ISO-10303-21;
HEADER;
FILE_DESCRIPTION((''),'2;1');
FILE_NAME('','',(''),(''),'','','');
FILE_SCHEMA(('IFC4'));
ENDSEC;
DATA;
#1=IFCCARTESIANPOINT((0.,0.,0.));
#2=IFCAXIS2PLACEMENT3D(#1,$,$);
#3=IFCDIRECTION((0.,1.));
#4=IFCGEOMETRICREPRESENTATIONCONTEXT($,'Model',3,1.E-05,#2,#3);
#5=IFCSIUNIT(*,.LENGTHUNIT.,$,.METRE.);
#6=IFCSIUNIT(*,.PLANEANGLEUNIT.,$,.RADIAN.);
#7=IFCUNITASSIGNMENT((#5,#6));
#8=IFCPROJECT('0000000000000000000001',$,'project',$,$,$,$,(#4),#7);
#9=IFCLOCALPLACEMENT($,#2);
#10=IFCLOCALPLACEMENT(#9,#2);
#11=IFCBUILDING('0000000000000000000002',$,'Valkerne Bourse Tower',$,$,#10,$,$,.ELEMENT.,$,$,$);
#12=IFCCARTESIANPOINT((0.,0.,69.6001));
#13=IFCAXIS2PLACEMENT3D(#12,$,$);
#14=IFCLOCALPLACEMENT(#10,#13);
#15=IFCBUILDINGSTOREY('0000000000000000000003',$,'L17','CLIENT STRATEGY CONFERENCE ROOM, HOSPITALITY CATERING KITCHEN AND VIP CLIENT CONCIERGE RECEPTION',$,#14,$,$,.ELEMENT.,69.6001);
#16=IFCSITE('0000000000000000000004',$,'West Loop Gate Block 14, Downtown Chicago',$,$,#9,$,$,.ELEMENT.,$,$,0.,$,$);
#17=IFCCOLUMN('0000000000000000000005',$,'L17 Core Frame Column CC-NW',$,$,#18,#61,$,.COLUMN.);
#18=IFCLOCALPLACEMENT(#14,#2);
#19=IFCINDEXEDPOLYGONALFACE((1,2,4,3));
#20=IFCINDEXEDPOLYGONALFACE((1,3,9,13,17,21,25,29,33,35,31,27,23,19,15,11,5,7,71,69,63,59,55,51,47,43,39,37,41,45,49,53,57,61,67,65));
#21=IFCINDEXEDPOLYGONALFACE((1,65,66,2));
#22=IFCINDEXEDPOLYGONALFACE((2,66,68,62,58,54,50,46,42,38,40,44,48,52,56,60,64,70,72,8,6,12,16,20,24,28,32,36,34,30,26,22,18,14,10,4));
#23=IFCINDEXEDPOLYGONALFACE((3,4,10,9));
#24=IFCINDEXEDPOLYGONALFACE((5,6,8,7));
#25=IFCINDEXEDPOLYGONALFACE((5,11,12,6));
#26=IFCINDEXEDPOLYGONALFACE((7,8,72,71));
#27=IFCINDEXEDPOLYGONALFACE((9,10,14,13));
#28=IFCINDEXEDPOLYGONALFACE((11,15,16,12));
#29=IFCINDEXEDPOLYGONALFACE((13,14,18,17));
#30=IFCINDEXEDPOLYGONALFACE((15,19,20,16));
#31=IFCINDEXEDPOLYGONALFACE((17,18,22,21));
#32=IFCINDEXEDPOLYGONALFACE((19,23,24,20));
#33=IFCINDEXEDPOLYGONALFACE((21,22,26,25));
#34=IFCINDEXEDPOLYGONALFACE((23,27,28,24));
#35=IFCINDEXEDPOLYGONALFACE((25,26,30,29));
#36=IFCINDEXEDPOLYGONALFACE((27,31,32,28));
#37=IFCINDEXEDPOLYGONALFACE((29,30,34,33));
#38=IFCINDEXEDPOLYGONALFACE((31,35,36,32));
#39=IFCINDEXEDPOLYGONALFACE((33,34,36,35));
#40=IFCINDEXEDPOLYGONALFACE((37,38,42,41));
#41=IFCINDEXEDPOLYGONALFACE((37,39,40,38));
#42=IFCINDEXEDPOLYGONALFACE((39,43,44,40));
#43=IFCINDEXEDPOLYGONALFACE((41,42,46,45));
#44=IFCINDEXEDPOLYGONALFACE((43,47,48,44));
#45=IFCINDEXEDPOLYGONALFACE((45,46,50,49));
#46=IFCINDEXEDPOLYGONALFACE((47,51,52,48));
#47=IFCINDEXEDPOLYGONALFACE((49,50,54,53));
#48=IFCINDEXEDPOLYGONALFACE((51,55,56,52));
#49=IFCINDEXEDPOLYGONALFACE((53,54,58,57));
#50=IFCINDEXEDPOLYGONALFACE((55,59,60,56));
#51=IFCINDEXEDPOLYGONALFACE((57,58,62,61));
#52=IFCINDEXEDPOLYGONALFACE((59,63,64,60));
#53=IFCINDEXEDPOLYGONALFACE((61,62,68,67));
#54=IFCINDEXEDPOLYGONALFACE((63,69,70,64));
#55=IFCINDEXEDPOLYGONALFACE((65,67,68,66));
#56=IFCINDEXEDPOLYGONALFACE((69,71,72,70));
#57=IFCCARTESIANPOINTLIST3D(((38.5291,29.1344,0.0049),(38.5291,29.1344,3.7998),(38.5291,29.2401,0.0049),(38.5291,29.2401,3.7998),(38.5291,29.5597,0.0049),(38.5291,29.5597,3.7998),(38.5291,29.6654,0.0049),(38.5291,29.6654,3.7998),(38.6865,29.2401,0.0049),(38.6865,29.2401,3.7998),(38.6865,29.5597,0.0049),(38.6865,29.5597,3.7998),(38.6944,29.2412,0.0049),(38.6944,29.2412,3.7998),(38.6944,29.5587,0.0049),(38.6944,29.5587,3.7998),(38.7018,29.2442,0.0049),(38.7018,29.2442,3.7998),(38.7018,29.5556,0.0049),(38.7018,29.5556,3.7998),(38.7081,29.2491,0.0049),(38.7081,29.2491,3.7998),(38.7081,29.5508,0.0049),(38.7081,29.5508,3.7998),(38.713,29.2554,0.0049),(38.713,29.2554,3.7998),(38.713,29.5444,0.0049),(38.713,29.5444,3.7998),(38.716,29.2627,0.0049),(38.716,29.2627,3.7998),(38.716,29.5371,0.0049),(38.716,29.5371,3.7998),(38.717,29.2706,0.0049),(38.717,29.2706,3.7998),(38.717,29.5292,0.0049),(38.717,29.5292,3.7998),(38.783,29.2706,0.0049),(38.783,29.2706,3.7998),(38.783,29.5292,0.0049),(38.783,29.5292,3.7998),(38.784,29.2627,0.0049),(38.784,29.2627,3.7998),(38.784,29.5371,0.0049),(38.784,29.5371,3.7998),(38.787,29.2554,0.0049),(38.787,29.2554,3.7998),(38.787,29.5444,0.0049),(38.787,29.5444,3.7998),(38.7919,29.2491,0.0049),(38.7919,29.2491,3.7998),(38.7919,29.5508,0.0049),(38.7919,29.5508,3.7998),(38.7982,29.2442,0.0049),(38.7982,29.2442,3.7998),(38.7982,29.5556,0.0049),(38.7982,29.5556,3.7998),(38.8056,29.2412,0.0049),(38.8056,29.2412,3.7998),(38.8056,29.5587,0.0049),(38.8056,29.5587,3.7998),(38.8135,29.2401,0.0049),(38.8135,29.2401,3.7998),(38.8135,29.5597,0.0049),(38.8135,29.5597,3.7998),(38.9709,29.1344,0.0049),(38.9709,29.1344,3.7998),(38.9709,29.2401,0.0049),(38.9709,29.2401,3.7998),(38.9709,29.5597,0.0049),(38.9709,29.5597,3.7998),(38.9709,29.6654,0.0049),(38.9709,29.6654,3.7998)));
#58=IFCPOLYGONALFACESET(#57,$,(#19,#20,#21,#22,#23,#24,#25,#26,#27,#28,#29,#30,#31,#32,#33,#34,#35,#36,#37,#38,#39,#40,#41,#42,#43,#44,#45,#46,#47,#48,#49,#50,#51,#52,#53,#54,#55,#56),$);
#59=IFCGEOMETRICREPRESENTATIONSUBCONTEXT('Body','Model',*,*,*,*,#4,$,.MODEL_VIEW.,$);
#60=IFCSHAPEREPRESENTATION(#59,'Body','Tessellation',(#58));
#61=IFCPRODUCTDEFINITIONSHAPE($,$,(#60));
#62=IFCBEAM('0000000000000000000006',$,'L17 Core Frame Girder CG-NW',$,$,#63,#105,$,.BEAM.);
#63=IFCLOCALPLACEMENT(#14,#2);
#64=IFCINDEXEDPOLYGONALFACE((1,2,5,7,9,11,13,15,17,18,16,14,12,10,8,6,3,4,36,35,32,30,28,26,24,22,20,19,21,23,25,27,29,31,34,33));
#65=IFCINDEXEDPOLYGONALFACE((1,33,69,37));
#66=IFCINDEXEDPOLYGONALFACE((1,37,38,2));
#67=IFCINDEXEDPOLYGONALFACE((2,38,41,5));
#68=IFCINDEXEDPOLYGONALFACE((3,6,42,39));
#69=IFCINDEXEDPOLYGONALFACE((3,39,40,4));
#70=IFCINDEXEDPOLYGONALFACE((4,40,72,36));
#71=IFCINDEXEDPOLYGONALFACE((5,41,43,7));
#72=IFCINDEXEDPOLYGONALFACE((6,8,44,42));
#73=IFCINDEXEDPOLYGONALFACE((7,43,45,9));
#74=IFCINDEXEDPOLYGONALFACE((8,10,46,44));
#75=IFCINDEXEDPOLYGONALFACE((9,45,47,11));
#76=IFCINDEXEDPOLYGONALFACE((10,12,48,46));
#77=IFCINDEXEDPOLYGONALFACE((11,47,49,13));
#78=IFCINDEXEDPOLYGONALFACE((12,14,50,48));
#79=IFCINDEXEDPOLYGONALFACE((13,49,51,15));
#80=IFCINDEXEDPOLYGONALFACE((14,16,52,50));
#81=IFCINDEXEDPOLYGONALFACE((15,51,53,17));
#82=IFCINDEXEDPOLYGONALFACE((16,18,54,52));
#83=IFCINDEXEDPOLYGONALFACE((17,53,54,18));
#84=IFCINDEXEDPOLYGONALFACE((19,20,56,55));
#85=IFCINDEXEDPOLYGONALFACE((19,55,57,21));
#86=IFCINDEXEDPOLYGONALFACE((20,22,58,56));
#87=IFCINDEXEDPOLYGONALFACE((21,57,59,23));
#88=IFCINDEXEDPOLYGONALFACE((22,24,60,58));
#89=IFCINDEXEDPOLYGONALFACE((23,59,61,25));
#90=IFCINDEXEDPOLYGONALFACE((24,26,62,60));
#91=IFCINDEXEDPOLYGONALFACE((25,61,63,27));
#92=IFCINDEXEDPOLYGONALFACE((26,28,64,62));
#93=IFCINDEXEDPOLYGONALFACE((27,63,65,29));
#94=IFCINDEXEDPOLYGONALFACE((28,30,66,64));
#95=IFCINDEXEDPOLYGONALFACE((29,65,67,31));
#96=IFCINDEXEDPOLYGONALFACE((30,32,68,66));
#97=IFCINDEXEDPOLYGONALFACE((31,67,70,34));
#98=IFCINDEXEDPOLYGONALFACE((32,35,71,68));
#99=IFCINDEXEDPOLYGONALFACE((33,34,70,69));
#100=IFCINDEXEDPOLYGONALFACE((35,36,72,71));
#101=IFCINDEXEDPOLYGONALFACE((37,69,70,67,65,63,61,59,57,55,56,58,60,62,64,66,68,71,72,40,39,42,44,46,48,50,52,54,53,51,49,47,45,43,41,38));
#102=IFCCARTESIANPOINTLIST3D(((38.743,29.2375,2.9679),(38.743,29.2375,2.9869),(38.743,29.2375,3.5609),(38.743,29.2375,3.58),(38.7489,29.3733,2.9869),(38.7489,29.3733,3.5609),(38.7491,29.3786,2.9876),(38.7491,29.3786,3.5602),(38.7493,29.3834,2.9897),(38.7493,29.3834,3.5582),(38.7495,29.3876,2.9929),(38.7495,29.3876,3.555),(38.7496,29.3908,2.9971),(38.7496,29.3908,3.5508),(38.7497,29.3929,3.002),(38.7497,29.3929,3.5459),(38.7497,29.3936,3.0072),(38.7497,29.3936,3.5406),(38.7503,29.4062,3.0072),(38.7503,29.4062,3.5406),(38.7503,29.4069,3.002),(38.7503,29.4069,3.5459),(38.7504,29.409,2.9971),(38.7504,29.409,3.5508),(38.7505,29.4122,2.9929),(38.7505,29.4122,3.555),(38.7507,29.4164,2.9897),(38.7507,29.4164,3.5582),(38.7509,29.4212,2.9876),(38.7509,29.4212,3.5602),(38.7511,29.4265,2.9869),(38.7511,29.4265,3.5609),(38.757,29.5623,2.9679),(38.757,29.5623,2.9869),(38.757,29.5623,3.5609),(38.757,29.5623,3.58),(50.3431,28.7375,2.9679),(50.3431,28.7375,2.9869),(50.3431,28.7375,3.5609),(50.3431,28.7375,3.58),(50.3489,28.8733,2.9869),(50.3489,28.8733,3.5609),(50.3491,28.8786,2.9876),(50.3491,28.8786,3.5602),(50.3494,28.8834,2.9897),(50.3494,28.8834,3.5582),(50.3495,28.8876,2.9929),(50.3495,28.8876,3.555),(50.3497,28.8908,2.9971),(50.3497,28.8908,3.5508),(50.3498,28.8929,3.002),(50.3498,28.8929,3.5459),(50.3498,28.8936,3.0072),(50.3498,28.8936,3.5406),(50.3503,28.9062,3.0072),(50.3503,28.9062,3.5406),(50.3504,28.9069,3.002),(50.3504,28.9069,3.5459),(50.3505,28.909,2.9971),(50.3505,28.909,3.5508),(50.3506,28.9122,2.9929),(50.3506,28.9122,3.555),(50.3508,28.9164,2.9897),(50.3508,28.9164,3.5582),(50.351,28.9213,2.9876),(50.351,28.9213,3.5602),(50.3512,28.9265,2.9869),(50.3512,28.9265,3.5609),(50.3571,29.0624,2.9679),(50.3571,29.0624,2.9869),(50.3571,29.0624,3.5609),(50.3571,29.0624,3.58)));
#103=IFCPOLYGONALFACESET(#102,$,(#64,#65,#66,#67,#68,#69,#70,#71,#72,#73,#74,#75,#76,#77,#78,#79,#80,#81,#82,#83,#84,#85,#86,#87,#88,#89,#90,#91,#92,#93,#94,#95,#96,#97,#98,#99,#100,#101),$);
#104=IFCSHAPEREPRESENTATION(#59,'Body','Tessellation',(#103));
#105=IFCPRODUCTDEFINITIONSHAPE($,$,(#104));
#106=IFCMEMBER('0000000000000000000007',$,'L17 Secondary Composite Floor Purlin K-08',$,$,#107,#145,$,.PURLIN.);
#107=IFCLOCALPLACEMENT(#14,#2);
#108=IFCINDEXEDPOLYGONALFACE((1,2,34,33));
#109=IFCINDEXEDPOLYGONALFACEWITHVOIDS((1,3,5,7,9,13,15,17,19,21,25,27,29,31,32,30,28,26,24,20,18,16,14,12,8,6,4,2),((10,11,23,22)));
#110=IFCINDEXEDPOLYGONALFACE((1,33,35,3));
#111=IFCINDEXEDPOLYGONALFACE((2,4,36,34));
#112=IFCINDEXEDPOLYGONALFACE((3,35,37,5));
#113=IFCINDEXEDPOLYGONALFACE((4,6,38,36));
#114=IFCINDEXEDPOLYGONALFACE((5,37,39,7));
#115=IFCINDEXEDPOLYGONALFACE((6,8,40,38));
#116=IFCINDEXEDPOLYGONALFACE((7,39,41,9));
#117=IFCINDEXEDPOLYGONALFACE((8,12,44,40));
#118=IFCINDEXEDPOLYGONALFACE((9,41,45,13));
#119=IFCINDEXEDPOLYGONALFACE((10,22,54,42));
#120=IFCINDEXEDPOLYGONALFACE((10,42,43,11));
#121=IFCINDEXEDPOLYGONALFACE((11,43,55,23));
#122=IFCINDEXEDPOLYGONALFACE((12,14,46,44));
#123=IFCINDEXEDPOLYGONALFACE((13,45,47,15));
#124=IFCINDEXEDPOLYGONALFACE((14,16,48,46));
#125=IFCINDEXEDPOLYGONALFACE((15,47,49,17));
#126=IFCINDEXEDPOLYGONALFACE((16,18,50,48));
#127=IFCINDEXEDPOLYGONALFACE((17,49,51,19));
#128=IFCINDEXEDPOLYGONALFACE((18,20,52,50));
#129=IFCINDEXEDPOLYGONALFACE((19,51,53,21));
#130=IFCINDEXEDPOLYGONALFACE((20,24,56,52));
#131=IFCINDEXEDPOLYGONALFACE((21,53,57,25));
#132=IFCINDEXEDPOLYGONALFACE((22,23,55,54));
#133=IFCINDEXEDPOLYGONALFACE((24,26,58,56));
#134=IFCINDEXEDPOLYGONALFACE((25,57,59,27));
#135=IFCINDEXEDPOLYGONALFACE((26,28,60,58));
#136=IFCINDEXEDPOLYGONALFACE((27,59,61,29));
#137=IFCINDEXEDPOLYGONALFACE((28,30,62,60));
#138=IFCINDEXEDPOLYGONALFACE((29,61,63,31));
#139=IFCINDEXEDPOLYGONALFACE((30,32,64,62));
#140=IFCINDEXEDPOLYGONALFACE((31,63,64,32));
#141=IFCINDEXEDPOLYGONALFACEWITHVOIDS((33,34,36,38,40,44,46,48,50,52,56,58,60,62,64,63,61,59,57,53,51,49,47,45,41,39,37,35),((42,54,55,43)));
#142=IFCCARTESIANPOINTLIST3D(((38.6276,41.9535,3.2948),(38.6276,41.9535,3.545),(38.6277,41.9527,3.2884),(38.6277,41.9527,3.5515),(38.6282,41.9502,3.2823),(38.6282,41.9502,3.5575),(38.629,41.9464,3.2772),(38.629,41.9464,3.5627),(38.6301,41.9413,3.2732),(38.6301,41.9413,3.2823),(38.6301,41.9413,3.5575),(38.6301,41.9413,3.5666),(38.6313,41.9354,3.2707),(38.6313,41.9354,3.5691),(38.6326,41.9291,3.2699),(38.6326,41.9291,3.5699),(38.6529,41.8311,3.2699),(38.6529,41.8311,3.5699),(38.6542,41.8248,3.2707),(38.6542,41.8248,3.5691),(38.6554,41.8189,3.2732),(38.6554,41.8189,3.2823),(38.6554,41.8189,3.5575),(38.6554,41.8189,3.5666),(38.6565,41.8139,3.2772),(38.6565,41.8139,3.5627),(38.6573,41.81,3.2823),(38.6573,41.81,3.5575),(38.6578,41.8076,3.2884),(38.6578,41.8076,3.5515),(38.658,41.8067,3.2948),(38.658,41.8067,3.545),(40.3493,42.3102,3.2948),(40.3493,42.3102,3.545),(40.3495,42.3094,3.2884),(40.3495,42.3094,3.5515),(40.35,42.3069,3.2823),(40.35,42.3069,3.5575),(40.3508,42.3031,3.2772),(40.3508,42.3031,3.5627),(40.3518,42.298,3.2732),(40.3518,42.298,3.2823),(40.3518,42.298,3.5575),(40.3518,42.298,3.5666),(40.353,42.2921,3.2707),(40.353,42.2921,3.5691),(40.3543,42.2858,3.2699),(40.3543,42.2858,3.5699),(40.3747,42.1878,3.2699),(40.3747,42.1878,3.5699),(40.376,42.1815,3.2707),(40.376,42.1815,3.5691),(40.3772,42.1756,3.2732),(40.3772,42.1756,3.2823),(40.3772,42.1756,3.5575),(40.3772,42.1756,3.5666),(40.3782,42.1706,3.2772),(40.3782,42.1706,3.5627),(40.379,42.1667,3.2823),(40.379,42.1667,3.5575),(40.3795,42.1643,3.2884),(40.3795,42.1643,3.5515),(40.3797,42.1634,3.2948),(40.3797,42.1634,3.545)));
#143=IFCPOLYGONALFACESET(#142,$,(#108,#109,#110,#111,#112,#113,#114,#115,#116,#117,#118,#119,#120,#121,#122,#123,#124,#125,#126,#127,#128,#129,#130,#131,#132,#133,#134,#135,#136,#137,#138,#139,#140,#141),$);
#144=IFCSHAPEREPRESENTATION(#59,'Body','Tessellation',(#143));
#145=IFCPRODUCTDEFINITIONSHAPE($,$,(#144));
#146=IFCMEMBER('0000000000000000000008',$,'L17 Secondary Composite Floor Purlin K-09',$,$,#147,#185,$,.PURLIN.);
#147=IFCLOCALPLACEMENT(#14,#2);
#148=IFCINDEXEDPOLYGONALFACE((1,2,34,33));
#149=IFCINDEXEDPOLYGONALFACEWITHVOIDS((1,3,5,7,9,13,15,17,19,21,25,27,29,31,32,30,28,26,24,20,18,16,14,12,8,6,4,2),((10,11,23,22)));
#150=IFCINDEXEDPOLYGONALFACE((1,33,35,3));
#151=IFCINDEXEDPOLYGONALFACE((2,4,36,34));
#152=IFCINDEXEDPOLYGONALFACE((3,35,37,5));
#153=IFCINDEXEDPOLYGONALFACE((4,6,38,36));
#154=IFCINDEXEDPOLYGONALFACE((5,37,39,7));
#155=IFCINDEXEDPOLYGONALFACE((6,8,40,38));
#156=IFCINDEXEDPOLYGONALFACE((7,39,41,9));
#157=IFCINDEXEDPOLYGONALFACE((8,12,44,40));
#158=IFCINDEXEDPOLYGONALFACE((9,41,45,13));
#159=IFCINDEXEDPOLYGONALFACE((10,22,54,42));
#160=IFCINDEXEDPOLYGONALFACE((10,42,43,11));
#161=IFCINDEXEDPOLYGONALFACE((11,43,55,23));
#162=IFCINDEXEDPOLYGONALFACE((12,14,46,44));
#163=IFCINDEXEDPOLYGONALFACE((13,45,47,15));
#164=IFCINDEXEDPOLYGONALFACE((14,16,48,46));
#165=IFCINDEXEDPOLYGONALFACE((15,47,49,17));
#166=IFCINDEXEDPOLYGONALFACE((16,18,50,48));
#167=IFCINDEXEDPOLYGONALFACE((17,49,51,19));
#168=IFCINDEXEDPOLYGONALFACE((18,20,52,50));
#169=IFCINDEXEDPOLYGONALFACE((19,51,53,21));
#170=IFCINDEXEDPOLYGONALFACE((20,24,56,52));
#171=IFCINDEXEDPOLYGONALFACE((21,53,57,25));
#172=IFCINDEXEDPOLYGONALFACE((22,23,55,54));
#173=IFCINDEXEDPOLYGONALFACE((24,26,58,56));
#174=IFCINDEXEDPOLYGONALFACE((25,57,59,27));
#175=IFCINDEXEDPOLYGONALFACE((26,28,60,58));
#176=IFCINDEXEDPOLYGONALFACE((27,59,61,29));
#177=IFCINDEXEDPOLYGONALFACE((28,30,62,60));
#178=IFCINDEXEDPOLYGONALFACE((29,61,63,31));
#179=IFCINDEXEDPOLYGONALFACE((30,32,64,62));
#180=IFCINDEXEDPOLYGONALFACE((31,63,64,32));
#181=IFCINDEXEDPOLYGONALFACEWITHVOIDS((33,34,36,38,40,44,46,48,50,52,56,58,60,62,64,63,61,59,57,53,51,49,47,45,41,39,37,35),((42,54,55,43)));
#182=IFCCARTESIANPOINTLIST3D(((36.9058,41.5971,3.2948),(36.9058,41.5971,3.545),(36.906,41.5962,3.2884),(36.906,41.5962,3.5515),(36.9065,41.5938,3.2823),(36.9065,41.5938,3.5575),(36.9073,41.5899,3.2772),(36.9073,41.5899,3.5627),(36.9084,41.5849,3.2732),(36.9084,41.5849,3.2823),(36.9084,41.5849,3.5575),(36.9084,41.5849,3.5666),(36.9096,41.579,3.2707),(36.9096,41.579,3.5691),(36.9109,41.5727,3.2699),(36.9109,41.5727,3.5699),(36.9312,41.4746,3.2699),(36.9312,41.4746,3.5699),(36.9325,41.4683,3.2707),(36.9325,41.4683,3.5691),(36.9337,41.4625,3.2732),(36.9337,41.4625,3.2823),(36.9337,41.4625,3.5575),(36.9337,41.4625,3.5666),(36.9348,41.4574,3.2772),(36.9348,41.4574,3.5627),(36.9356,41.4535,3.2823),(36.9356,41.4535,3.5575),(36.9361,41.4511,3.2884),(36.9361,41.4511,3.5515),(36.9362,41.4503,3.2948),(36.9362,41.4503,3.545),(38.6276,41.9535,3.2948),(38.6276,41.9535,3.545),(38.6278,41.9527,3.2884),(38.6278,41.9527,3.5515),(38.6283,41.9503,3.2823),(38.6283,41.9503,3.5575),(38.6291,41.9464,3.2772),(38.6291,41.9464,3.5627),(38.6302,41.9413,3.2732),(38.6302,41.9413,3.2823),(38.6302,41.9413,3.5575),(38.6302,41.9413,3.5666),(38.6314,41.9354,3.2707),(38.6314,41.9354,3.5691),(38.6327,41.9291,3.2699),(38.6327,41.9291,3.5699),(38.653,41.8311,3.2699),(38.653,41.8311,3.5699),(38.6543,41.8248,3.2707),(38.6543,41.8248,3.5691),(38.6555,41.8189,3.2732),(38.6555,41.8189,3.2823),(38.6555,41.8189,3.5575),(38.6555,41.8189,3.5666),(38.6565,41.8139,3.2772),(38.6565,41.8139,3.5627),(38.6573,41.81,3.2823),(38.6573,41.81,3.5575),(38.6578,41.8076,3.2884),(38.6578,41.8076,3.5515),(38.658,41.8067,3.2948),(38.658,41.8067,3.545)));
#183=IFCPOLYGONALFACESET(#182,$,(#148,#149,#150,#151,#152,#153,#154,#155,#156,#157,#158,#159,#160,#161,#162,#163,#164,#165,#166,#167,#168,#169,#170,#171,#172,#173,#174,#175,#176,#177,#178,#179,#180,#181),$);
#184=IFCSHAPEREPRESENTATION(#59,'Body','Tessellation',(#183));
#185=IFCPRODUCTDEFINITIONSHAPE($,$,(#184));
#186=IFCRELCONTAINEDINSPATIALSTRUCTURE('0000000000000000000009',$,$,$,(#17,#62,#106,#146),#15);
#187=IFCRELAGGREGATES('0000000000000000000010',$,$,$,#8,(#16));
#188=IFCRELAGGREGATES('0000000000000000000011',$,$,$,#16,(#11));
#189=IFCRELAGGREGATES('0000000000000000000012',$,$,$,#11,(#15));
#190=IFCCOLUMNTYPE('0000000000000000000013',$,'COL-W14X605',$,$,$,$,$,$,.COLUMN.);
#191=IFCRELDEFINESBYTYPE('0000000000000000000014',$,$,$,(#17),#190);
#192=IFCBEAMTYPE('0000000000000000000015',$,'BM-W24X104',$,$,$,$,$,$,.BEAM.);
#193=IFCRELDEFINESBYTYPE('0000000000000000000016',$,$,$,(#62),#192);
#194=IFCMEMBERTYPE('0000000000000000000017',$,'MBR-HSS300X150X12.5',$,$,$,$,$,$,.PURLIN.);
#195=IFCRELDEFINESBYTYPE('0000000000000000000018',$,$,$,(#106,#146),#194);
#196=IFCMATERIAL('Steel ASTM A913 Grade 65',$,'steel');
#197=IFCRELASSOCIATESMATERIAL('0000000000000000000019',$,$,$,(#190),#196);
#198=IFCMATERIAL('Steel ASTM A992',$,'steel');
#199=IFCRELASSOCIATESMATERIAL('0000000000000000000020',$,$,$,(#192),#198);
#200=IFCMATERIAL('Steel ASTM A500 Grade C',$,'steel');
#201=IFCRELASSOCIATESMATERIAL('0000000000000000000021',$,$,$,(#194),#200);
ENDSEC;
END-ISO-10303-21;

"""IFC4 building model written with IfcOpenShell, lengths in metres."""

from ifc_helpers import new_model, si_unit, direction, frame, origin, origin_2d, place, context, subcontext, project, spatial, hollow_rectangle, i_section, extrude, material, material_profile, profile_set, type_object, element, save


model = new_model("IFC4")

# Units and contexts
model_context = context("Model", 3, precision=1e-05, world=origin(), true_north=direction((0.0, 1.0)))
body_context = subcontext(model_context, "Body", "Model", "MODEL_VIEW")
ifc_project = project(units=[si_unit("LENGTHUNIT", "METRE"), si_unit("PLANEANGLEUNIT", "RADIAN")], contexts=[model_context])

# Site, building, storey
site_placement = place(None, origin())
site = spatial("IfcSite", under=ifc_project, at=site_placement, Name="West Loop Gate Block 14, Downtown Chicago", CompositionType="ELEMENT", RefElevation=0.0)
building_placement = place(site_placement, origin())
building = spatial("IfcBuilding", under=site, at=building_placement, Name="Valkerne Bourse Tower", CompositionType="ELEMENT")
storey_placement = place(building_placement, frame((0.0, 0.0, 69.6001)))
storey = spatial("IfcBuildingStorey", under=building, at=storey_placement, Name="L17", Description="CLIENT STRATEGY CONFERENCE ROOM, HOSPITALITY CATERING KITCHEN AND VIP CLIENT CONCIERGE RECEPTION", CompositionType="ELEMENT", Elevation=69.6001)

# Column
ifc_material_1 = material(Name="Steel ASTM A913 Grade 65", Category="steel")
ifc_material_profile_1 = material_profile(ifc_material_1, i_section(OverallWidth=0.4419, OverallDepth=0.531, WebThickness=0.0659, FlangeThickness=0.1057, FilletRadius=0.0305, at=origin_2d()), Name="W14X605")
ifc_profile_set_1 = profile_set([ifc_material_profile_1], Name="Steel ASTM A913 Grade 65")
column_type = type_object("IfcColumnType", Name="COL-W14X605", PredefinedType="COLUMN", material=ifc_profile_set_1)
column_placement = place(storey_placement, frame((38.75, 29.3999, 0.0049), z_axis=(0.0, 0.0, 1.0), x_axis=(1.0, 0.0, 0.0)))
element("IfcColumn", 1, at=column_placement, inside=storey, type_object=column_type, Name="L17 Core Frame Column CC-NW", PredefinedType="COLUMN", context=body_context, shape_type="SweptSolid", body=[
    extrude(i_section(OverallWidth=0.4419, OverallDepth=0.531, WebThickness=0.0659, FlangeThickness=0.1057, FilletRadius=0.0305, at=origin_2d()), origin(), (0.0, 0.0, 1.0), 3.7949),
])

# Beam
ifc_material_2 = material(Name="Steel ASTM A992", Category="steel")
ifc_material_profile_2 = material_profile(ifc_material_2, i_section(OverallWidth=0.3252, OverallDepth=0.6121, WebThickness=0.0127, FlangeThickness=0.019, FilletRadius=0.0203, at=origin_2d()), Name="W24X104")
ifc_profile_set_2 = profile_set([ifc_material_profile_2], Name="Steel ASTM A992")
beam_type = type_object("IfcBeamType", Name="BM-W24X104", PredefinedType="BEAM", material=ifc_profile_set_2)
beam_placement = place(storey_placement, frame((38.75, 29.3999, 3.2739), z_axis=(0.999072, -0.043063, 0.0), x_axis=(0.043063, 0.999072, 0.0)))
element("IfcBeam", 2, at=beam_placement, inside=storey, type_object=beam_type, Name="L17 Core Frame Girder CG-NW", PredefinedType="BEAM", context=body_context, shape_type="SweptSolid", body=[
    extrude(i_section(OverallWidth=0.3252, OverallDepth=0.6121, WebThickness=0.0127, FlangeThickness=0.019, FilletRadius=0.0203, at=origin_2d()), origin(), (0.0, 0.0, 1.0), 11.6108),
])

# Members
ifc_material_3 = material(Name="Steel ASTM A500 Grade C", Category="steel")
ifc_material_profile_3 = material_profile(ifc_material_3, hollow_rectangle(XDim=0.1499, YDim=0.3, WallThickness=0.0125, OuterFilletRadius=0.0249, at=origin_2d()), Name="HSS300X150X12.5")
ifc_profile_set_3 = profile_set([ifc_material_profile_3], Name="Steel ASTM A500 Grade C")
member_type = type_object("IfcMemberType", Name="MBR-HSS300X150X12.5", PredefinedType="PURLIN", material=ifc_profile_set_3)
for number, where, z_axis, x_axis, name in (
    (3, (40.3645, 42.2368, 3.4199), (-0.979206, -0.202867, 0.0), (0.202867, -0.979206, 0.0), "L17 Secondary Composite Floor Purlin K-08"),
    (4, (38.6428, 41.8801, 3.4199), (-0.979234, -0.202734, 0.0), (0.202734, -0.979234, 0.0), "L17 Secondary Composite Floor Purlin K-09"),
):
    element("IfcMember", number, at=place(storey_placement, frame(where, z_axis=z_axis, x_axis=x_axis)), inside=storey, type_object=member_type, Name=name, PredefinedType="PURLIN", context=body_context, shape_type="SweptSolid", body=[
        extrude(hollow_rectangle(XDim=0.1499, YDim=0.3, WallThickness=0.0125, OuterFilletRadius=0.0249, at=origin_2d()), origin(), (0.0, 0.0, 1.0), 1.7583),
    ])

save(model, "model.ifc")
